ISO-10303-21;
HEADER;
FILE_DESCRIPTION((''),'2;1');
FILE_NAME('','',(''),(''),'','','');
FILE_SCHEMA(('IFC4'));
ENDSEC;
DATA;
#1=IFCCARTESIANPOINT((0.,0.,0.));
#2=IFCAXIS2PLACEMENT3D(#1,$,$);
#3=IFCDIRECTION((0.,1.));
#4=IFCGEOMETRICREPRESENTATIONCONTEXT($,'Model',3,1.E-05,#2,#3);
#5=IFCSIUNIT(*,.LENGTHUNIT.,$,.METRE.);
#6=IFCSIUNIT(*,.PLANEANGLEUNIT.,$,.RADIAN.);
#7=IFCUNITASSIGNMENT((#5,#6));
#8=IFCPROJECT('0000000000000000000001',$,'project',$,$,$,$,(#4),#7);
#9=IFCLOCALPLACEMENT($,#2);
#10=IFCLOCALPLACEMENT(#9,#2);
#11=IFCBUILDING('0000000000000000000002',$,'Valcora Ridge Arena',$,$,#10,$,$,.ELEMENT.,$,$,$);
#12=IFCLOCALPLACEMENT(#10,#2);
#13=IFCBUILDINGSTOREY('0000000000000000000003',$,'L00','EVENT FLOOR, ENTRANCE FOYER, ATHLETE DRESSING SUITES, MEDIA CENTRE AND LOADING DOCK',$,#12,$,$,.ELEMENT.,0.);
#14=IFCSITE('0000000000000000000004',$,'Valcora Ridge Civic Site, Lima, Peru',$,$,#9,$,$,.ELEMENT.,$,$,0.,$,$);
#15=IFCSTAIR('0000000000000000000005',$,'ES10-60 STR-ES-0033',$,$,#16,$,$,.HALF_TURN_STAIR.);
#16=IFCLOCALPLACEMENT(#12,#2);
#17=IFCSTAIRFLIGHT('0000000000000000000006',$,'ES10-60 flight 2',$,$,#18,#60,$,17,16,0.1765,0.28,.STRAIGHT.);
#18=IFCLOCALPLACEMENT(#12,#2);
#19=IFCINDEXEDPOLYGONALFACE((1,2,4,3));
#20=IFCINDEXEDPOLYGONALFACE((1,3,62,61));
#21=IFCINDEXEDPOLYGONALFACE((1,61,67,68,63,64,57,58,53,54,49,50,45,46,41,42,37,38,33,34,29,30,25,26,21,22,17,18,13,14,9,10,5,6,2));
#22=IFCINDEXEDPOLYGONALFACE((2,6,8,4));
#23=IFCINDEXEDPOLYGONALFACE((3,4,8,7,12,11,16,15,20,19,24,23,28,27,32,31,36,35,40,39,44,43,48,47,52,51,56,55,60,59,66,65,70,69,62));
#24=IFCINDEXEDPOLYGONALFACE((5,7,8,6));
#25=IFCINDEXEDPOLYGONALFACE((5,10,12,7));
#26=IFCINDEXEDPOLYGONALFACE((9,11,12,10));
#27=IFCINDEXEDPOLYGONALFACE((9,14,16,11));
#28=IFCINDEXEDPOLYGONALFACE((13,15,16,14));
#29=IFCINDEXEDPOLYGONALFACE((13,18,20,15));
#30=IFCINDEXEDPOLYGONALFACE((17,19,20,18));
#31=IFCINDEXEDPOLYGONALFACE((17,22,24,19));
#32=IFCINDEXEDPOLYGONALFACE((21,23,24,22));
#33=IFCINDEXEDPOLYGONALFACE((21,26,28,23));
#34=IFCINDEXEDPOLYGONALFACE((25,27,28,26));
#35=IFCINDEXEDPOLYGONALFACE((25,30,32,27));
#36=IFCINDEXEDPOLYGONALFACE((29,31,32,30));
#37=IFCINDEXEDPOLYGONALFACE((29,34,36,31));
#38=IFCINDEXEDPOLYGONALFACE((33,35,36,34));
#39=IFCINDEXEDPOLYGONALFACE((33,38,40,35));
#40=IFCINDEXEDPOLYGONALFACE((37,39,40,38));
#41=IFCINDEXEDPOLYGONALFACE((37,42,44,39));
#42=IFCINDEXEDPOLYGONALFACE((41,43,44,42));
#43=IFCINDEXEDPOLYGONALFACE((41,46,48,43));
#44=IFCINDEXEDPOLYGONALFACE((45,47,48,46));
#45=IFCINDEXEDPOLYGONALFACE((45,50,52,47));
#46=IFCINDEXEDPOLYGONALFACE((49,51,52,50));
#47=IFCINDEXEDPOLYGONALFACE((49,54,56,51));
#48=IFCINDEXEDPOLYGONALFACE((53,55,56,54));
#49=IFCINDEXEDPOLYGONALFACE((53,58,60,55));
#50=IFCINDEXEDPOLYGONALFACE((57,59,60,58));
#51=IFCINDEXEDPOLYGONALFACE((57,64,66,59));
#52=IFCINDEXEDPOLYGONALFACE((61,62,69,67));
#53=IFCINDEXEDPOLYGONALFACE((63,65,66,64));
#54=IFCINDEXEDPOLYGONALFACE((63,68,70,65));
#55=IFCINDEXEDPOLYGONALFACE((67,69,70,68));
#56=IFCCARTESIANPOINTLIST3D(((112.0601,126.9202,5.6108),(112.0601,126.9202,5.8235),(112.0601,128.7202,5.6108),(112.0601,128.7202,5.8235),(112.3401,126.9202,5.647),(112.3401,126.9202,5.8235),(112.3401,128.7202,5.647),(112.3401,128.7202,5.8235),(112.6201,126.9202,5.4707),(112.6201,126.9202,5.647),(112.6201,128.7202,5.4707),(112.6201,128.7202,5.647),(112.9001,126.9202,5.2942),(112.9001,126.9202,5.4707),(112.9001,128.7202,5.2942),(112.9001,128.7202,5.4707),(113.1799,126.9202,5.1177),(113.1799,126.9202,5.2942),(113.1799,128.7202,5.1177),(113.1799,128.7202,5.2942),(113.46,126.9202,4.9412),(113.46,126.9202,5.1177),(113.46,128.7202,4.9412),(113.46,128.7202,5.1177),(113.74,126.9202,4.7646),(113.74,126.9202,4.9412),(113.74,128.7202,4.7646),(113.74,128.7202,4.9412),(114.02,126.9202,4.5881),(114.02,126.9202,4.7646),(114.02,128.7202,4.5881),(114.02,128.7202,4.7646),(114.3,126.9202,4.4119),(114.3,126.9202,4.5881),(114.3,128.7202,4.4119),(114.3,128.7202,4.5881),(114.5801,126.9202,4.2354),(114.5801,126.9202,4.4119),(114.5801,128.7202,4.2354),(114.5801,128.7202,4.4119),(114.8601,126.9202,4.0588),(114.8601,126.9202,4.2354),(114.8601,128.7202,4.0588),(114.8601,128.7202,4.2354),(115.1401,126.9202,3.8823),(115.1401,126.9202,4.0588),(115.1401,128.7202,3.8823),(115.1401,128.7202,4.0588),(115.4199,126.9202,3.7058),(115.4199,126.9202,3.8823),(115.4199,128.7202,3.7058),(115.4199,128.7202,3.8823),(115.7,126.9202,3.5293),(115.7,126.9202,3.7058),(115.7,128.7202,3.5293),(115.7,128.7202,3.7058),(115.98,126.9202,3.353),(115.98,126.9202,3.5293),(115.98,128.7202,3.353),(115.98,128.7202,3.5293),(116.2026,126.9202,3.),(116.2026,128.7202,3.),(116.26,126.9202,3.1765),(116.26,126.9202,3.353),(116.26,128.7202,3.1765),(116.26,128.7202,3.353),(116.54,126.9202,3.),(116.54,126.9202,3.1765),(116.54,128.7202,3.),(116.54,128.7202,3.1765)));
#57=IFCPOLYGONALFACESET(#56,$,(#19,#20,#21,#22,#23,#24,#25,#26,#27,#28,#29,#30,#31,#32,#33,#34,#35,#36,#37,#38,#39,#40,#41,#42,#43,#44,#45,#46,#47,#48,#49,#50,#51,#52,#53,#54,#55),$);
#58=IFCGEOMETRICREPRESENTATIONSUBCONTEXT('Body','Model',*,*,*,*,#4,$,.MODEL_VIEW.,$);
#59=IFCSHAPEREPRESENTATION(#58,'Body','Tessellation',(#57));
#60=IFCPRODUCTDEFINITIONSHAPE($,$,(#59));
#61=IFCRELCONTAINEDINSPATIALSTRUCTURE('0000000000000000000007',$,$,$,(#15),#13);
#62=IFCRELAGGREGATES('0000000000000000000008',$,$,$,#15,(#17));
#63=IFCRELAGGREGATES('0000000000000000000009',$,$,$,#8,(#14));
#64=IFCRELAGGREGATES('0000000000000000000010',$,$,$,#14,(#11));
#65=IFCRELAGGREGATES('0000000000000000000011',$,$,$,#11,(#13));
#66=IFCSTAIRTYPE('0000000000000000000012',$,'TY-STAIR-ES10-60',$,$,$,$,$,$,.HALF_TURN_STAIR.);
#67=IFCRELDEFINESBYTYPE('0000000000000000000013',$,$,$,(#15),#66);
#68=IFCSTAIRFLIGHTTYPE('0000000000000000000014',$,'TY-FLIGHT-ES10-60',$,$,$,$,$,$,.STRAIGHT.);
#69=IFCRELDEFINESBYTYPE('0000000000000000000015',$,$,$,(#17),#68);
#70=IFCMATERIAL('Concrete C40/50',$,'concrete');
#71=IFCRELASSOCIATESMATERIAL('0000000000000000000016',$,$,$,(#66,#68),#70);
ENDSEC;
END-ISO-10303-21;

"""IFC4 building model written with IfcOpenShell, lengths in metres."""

from ifc_helpers import new_model, si_unit, direction, frame, origin, place, context, subcontext, project, spatial, polyline, outline, extrude, material, type_object, element, aggregate, save


model = new_model("IFC4")

# Units and contexts
model_context = context("Model", 3, precision=1e-05, world=origin(), true_north=direction((0.0, 1.0)))
body_context = subcontext(model_context, "Body", "Model", "MODEL_VIEW")
ifc_project = project(units=[si_unit("LENGTHUNIT", "METRE"), si_unit("PLANEANGLEUNIT", "RADIAN")], contexts=[model_context])

# Site, building, storey
site_placement = place(None, origin())
site = spatial("IfcSite", under=ifc_project, at=site_placement, Name="Valcora Ridge Civic Site, Lima, Peru", CompositionType="ELEMENT", RefElevation=0.0)
building_placement = place(site_placement, origin())
building = spatial("IfcBuilding", under=site, at=building_placement, Name="Valcora Ridge Arena", CompositionType="ELEMENT")
storey_placement = place(building_placement, origin())
storey = spatial("IfcBuildingStorey", under=building, at=storey_placement, Name="L00", Description="EVENT FLOOR, ENTRANCE FOYER, ATHLETE DRESSING SUITES, MEDIA CENTRE AND LOADING DOCK", CompositionType="ELEMENT", Elevation=0.0)

# Shared definitions
ifc_material_1 = material(Name="Concrete C40/50", Category="concrete")

# Stair, stair flight
stair_type = type_object("IfcStairType", Name="TY-STAIR-ES10-60", PredefinedType="HALF_TURN_STAIR", material=ifc_material_1)
stair_placement = place(storey_placement, origin())
stair = element("IfcStair", 1, at=stair_placement, inside=storey, type_object=stair_type, Name="ES10-60 STR-ES-0033", PredefinedType="HALF_TURN_STAIR")
stair_flight_type = type_object("IfcStairFlightType", Name="TY-FLIGHT-ES10-60", PredefinedType="STRAIGHT", material=ifc_material_1)
stair_flight_placement = place(storey_placement, frame((116.54, 127.8201, 3.0), z_axis=(0.0, 0.0, 1.0), x_axis=(-1.0, 0.0, 0.0)))
stair_flight = element("IfcStairFlight", 2, at=stair_flight_placement, type_object=stair_flight_type, Name="ES10-60 flight 2", NumberOfRisers=17, NumberOfTreads=16, PredefinedType="STRAIGHT", RiserHeight=0.1765, TreadLength=0.28, context=body_context, shape_type="SweptSolid", body=[
    extrude(outline(polyline([(0.0, 0.0), (0.0, 0.1765), (0.28, 0.1765), (0.28, 0.353), (0.5601, 0.353), (0.5601, 0.5293), (0.8401, 0.5293), (0.8401, 0.7058), (1.1201, 0.7058), (1.1201, 0.8823), (1.3999, 0.8823), (1.3999, 1.0588), (1.6799, 1.0588), (1.6799, 1.2354), (1.96, 1.2354), (1.96, 1.4119), (2.24, 1.4119), (2.24, 1.5881), (2.52, 1.5881), (2.52, 1.7646), (2.8, 1.7646), (2.8, 1.9412), (3.0801, 1.9412), (3.0801, 2.1177), (3.3601, 2.1177), (3.3601, 2.2942), (3.6399, 2.2942), (3.6399, 2.4707), (3.9199, 2.4707), (3.9199, 2.647), (4.2, 2.647), (4.2, 2.8235), (4.48, 2.8235), (4.48, 3.0), (4.48, 2.6108), (0.3374, 0.0), (0.0, 0.0)])), frame((0.0, 0.8999, 0.0), z_axis=(0.0, -1.0, 0.0), x_axis=(1.0, 0.0, 0.0)), (0.0, 0.0, 1.0), 1.8),
])
aggregate(stair, [stair_flight])

save(model, "model.ifc")
